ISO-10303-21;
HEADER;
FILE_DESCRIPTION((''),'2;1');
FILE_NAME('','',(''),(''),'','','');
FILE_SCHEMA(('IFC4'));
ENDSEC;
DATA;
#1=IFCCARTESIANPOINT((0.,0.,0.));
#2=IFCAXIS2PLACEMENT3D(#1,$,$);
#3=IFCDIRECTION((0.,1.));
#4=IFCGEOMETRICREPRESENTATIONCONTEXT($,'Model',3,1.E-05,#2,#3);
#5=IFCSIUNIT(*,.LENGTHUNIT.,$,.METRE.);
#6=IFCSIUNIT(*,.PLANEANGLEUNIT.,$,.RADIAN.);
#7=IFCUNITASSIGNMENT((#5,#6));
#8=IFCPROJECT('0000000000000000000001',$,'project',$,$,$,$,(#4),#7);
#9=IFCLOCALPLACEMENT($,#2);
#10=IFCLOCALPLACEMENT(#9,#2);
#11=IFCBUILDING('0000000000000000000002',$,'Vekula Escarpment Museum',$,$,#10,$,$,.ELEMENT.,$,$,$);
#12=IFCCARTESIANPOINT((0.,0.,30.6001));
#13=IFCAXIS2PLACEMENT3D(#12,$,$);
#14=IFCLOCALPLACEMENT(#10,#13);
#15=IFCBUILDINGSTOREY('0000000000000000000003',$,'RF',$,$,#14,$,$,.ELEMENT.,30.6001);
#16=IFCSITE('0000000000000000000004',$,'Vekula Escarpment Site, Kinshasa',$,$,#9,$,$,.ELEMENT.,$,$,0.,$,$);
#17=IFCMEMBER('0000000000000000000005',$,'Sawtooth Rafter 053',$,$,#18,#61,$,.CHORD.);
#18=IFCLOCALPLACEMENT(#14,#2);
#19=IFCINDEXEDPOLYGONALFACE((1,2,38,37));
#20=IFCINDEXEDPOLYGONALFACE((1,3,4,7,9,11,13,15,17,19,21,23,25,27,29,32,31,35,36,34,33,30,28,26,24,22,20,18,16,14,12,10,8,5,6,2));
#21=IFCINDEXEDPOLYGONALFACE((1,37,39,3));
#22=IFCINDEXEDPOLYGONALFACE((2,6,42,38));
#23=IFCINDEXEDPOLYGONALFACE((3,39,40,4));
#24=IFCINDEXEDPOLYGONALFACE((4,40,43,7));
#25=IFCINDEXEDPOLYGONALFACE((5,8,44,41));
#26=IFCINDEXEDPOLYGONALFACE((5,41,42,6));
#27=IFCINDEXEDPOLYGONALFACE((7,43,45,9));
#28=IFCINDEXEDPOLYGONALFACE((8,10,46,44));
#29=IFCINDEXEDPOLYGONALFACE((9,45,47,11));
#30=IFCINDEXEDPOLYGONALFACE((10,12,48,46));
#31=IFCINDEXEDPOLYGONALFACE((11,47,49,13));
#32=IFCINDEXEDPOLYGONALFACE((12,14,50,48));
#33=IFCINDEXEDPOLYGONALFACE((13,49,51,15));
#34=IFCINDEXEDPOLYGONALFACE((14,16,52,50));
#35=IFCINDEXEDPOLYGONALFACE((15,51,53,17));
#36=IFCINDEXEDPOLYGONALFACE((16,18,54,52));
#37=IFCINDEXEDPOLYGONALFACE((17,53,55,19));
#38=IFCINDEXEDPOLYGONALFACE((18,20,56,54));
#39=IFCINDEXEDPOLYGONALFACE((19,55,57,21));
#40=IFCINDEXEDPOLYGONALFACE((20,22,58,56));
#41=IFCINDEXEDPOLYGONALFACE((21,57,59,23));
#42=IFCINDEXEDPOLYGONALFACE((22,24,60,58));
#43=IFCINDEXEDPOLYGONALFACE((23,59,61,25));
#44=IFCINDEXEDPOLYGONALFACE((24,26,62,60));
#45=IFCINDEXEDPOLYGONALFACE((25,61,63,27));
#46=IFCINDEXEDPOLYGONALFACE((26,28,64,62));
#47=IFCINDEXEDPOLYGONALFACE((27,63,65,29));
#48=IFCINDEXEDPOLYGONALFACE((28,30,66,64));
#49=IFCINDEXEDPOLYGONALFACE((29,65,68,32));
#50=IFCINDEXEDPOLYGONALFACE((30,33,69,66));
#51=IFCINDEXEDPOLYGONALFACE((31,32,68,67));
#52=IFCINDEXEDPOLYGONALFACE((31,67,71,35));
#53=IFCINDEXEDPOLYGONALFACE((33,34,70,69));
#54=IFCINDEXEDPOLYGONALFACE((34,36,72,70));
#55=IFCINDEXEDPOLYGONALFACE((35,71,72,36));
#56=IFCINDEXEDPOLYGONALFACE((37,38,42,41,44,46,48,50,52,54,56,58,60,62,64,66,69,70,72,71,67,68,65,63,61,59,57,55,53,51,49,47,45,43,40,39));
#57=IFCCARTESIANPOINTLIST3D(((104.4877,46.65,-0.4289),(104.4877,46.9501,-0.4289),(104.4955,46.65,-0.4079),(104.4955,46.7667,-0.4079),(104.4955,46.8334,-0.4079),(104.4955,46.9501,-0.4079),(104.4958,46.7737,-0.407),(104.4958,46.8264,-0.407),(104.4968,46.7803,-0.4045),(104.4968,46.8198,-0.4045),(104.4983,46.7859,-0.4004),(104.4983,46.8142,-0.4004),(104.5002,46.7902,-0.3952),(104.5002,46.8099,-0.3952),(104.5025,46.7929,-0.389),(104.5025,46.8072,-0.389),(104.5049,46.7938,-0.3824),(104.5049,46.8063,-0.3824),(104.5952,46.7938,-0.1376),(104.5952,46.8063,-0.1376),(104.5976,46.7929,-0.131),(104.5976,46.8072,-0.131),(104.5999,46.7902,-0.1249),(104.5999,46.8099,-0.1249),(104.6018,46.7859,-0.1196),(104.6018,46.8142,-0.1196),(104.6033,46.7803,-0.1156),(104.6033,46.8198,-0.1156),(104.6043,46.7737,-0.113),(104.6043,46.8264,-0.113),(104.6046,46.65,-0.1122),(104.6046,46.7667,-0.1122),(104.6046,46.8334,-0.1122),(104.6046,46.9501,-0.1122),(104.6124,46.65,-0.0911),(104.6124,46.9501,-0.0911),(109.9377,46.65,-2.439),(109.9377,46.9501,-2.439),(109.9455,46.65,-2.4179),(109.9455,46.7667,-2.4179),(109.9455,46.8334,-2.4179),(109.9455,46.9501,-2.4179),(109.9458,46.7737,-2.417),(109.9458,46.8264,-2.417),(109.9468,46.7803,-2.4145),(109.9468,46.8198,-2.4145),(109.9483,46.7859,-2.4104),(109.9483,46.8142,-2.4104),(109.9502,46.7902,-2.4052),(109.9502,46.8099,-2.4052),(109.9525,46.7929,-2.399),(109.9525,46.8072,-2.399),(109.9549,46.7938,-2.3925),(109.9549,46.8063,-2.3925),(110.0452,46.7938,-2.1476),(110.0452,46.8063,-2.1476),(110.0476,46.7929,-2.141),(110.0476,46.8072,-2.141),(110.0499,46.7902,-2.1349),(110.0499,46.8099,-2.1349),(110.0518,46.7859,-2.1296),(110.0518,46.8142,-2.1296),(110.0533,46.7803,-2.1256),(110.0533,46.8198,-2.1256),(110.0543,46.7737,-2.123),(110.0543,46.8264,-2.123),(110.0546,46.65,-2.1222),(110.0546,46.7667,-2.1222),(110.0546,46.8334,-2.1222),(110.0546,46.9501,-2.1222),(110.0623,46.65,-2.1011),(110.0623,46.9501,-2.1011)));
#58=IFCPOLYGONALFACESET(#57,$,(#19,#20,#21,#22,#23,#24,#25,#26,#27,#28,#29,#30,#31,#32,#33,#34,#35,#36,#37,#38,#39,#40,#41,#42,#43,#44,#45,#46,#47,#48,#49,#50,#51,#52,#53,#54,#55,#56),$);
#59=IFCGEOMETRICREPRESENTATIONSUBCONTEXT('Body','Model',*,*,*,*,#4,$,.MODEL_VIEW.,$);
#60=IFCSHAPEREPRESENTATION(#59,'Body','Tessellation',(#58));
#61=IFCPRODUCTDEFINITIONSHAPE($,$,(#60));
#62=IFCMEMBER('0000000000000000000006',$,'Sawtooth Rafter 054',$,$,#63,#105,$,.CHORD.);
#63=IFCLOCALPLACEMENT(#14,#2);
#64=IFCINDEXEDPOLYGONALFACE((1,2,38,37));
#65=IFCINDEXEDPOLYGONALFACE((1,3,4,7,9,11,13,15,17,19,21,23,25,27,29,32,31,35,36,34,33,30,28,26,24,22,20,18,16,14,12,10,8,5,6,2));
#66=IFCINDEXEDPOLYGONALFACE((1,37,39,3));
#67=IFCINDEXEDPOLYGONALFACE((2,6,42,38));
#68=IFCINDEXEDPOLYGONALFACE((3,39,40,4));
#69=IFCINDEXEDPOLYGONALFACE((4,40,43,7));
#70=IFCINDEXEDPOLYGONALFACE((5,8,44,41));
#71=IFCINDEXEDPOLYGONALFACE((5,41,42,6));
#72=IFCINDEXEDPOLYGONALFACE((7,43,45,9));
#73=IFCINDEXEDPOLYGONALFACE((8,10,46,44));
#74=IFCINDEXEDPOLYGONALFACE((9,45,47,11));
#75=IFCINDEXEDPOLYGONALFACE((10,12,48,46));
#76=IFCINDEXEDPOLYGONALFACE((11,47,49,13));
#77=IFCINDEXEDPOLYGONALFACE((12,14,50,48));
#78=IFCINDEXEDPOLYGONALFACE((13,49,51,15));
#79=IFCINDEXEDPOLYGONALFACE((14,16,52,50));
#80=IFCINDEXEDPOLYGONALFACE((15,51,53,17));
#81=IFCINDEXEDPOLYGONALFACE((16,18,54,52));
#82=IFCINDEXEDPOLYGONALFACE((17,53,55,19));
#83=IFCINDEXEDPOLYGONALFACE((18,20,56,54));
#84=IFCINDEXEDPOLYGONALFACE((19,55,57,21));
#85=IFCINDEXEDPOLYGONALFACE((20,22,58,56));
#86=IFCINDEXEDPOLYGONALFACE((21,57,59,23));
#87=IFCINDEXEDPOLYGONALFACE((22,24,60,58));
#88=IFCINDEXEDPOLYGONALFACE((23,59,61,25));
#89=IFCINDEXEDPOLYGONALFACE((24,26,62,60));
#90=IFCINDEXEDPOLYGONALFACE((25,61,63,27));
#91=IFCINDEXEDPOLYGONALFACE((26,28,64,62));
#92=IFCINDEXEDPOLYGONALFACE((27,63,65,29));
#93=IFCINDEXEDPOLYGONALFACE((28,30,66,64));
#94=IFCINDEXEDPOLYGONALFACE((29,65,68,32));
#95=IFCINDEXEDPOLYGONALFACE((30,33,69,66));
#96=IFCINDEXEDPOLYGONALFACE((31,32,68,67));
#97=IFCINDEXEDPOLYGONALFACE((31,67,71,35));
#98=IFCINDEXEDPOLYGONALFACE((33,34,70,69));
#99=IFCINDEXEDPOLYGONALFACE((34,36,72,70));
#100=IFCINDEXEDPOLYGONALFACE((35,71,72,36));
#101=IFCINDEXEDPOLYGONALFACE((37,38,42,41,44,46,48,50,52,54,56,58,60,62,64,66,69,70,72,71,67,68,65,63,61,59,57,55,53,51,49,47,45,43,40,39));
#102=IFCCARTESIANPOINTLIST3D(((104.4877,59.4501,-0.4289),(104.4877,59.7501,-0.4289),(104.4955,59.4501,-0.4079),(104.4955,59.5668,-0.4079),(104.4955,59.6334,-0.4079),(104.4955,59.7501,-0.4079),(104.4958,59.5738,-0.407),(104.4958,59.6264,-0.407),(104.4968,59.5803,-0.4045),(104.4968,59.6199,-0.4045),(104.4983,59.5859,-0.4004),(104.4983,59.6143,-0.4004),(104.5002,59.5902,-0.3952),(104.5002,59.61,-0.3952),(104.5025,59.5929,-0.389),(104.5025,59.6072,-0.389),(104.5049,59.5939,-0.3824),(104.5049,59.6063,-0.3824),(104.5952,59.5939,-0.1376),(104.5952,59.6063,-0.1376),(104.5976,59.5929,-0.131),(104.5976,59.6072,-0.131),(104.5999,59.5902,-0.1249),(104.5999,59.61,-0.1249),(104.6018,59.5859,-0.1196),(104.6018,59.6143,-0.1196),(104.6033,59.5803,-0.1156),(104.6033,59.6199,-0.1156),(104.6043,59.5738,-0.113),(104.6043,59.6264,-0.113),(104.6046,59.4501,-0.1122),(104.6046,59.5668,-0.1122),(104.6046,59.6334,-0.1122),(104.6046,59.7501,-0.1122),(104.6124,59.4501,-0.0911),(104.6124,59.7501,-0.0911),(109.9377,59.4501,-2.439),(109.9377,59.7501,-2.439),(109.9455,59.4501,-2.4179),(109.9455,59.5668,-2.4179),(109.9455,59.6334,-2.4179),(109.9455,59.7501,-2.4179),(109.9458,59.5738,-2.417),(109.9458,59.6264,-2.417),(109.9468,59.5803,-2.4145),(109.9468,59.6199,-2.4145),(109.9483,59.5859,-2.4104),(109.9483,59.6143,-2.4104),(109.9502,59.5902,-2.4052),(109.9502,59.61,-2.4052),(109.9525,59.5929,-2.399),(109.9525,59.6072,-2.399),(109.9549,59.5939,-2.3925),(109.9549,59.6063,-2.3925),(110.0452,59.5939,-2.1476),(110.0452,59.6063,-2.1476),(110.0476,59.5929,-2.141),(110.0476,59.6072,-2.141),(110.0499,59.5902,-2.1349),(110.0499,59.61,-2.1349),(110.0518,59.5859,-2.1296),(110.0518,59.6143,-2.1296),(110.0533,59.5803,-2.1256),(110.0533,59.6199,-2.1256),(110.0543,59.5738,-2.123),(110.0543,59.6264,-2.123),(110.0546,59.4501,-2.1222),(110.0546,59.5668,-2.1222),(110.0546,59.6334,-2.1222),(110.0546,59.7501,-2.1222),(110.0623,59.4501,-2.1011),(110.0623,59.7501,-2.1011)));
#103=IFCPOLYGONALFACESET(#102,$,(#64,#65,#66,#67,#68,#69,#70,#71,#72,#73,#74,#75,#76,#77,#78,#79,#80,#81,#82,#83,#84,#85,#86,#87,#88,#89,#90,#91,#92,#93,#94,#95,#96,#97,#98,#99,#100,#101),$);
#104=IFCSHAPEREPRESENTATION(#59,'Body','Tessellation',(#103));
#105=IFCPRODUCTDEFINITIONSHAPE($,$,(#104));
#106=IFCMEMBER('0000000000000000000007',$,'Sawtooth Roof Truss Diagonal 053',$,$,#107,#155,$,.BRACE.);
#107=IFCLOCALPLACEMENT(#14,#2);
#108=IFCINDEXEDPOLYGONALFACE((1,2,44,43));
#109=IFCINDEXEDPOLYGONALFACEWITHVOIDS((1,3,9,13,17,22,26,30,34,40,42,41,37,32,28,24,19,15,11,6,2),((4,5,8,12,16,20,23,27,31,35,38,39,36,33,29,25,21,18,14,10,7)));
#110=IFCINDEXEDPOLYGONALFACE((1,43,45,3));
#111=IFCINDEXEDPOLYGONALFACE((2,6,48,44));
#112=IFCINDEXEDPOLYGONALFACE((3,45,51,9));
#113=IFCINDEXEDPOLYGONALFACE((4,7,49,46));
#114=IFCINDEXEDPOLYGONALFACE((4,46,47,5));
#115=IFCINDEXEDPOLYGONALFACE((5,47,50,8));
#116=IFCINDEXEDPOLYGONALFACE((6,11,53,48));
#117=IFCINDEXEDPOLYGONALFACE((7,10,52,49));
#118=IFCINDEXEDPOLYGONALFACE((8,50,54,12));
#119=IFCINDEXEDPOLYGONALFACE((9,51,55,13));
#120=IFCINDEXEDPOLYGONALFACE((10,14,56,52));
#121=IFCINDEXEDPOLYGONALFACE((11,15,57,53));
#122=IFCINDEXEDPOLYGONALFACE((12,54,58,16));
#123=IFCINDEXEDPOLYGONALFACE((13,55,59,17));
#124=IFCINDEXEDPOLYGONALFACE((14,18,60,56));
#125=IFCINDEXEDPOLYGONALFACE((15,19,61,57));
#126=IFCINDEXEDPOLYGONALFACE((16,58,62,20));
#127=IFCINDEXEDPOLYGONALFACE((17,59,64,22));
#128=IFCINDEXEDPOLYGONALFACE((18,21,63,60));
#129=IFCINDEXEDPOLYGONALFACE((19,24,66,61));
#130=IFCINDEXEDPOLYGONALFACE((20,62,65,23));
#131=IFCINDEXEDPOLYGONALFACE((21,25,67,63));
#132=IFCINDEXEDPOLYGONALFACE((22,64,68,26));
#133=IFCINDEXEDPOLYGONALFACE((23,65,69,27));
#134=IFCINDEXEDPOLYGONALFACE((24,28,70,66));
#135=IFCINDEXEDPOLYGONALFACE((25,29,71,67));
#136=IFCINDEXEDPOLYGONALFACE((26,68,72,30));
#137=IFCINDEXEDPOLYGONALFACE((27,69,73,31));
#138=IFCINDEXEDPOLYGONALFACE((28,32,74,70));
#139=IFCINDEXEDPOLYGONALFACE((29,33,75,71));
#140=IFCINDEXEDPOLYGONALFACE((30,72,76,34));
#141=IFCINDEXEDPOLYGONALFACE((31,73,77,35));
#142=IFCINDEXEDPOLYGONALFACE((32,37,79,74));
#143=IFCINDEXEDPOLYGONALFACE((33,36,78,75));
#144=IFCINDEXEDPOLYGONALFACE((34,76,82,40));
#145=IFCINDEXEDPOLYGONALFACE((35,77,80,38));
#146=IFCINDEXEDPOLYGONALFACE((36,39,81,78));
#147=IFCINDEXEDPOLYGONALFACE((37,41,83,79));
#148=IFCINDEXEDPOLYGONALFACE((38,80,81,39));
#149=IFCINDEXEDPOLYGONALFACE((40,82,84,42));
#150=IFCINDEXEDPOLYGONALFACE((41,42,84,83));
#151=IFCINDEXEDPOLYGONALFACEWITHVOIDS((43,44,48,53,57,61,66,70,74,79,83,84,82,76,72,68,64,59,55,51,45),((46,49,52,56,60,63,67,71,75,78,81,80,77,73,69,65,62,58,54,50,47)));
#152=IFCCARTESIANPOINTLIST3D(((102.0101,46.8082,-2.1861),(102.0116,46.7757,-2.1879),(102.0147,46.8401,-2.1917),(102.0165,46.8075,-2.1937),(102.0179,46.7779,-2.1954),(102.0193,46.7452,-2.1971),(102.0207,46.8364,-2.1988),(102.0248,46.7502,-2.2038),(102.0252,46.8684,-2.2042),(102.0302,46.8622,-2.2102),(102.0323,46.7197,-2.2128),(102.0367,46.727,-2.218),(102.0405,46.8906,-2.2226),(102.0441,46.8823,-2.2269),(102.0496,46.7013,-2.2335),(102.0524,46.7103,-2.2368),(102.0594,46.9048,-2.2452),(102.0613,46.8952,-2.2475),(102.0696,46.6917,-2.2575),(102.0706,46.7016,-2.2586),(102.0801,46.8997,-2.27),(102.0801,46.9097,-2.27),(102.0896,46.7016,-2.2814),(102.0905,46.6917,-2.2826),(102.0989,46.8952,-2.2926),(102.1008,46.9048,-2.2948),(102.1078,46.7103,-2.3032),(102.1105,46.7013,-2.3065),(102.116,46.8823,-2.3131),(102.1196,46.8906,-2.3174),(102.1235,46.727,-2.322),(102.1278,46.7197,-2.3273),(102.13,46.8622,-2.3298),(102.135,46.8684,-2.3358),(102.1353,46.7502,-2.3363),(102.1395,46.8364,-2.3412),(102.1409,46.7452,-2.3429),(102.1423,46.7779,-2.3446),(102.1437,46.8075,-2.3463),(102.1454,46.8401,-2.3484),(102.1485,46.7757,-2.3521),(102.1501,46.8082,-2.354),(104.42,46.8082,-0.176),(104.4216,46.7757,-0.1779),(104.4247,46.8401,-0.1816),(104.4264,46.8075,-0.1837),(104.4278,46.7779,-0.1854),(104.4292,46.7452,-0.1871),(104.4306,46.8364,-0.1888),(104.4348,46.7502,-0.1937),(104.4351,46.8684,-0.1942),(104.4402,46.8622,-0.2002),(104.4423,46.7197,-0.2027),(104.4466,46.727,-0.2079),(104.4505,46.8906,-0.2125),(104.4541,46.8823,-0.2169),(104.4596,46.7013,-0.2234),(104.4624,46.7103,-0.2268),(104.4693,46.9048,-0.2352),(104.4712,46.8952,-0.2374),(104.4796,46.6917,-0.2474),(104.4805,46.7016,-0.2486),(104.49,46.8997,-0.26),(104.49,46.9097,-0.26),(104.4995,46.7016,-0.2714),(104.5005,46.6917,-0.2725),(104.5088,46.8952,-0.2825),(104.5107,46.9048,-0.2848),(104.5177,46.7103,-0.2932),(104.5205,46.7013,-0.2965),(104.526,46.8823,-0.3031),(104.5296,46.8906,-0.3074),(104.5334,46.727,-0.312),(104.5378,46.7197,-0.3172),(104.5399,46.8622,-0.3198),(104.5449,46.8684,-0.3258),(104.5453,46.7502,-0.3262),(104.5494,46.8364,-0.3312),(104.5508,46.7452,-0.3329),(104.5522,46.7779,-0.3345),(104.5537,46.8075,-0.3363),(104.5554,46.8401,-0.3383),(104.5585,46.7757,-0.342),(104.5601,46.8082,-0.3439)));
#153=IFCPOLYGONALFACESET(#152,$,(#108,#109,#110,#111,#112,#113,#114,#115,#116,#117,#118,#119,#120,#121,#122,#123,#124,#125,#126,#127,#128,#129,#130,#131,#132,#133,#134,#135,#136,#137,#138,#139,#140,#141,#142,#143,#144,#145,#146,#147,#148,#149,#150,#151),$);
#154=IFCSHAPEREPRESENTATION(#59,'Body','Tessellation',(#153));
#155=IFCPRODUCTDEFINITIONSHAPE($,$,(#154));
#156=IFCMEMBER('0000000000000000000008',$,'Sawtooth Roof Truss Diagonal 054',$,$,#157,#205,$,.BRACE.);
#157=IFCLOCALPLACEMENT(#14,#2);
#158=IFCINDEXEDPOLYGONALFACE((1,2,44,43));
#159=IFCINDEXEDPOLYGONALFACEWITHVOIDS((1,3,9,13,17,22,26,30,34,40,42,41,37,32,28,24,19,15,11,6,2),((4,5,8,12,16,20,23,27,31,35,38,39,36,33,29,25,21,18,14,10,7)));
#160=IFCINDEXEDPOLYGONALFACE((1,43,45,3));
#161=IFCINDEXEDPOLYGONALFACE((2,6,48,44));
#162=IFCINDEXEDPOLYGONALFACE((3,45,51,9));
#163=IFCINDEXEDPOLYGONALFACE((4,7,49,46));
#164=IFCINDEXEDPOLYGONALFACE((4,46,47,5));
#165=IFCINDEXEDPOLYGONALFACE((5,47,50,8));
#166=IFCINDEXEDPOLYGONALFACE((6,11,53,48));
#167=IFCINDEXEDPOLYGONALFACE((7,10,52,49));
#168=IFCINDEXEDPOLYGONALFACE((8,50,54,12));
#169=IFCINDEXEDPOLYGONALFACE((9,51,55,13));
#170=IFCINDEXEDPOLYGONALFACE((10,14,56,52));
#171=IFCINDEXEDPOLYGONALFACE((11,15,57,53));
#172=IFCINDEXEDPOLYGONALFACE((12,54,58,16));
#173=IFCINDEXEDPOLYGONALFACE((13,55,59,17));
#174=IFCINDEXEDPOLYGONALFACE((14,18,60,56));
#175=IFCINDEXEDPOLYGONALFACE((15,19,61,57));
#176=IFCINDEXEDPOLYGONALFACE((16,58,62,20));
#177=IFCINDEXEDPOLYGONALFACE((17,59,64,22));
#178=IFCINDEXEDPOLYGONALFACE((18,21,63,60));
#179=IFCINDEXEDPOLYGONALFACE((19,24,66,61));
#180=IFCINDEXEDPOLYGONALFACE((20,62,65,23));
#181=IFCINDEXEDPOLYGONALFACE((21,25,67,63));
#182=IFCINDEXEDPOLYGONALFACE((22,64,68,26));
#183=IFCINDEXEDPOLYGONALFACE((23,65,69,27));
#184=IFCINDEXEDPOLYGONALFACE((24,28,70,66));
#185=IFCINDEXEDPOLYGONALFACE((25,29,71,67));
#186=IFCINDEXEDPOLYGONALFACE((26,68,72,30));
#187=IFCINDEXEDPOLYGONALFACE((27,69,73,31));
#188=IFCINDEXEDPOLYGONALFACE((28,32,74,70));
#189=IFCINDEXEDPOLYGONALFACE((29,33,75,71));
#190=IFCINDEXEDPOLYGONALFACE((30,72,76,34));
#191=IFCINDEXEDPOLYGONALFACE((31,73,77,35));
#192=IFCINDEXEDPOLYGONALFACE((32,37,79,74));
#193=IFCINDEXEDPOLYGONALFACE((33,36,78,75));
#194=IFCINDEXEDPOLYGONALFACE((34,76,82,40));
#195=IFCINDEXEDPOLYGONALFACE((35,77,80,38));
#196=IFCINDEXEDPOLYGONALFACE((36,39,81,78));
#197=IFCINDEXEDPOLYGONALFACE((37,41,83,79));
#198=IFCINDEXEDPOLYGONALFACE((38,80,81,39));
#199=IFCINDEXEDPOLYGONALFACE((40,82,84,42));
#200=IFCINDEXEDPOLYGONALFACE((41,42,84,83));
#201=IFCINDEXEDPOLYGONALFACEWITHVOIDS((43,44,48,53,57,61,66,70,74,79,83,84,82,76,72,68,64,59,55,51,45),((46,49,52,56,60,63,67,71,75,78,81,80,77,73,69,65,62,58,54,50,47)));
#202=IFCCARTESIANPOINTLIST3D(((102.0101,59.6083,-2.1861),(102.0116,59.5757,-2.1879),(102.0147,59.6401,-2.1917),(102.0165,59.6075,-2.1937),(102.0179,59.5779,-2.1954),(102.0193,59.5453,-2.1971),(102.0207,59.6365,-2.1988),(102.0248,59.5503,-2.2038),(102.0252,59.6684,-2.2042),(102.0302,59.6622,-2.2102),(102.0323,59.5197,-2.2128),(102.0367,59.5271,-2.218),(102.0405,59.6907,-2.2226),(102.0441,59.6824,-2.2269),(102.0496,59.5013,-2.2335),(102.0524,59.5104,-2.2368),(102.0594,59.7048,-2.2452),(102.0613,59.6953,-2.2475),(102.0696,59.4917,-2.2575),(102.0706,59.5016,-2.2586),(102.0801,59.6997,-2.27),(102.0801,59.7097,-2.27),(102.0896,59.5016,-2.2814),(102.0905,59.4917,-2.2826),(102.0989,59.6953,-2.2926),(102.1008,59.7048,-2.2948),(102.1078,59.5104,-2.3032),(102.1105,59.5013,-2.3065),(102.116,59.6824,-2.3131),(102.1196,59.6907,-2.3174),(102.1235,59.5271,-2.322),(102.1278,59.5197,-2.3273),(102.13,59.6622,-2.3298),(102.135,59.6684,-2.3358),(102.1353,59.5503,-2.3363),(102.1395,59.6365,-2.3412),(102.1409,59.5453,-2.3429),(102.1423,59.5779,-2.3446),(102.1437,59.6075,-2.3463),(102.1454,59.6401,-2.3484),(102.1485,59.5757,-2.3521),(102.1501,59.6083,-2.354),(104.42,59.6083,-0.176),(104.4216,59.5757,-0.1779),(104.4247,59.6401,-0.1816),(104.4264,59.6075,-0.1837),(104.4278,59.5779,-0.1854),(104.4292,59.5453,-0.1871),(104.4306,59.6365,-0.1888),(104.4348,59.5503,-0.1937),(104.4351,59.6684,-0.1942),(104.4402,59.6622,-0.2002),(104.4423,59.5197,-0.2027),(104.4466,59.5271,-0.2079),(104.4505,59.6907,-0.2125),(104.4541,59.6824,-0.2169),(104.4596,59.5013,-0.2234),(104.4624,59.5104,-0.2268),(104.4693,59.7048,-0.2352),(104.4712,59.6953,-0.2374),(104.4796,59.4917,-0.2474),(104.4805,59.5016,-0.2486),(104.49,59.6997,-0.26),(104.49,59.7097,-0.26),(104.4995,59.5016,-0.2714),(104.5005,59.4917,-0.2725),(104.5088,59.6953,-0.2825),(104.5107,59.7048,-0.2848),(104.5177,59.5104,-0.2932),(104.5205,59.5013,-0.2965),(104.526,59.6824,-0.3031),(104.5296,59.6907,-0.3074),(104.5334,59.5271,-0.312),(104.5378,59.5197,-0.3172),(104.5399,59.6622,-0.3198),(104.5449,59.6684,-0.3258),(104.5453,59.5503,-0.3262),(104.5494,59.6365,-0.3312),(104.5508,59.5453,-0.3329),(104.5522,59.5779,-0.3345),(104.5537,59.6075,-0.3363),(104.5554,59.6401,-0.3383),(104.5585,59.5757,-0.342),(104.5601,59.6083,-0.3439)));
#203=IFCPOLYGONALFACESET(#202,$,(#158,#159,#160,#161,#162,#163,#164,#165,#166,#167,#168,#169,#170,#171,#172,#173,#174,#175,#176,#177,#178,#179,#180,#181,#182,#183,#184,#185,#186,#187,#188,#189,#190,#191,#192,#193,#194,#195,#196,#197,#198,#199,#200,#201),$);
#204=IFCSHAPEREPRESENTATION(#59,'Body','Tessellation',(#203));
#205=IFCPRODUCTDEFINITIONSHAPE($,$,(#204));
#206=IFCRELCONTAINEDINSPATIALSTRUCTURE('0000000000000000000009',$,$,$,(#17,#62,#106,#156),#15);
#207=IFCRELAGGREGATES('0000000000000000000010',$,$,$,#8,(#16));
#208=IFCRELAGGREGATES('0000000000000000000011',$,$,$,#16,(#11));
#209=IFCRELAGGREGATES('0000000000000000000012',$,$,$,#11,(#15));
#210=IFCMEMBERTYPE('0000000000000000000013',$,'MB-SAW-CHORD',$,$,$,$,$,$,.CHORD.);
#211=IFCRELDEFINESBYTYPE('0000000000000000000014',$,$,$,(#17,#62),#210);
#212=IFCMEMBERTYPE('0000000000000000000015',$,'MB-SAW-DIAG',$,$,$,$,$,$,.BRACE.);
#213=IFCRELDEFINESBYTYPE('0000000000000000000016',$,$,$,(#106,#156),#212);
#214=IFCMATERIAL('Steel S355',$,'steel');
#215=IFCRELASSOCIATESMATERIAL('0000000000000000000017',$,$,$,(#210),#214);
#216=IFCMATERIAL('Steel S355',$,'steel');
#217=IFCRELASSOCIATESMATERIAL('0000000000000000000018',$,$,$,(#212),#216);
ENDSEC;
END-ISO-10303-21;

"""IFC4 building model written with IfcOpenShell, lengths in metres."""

from ifc_helpers import new_model, si_unit, direction, frame, origin, origin_2d, place, context, subcontext, project, spatial, hollow_circle, i_section, extrude, material, material_profile, profile_set, type_object, element, save


model = new_model("IFC4")

# Units and contexts
model_context = context("Model", 3, precision=1e-05, world=origin(), true_north=direction((0.0, 1.0)))
body_context = subcontext(model_context, "Body", "Model", "MODEL_VIEW")
ifc_project = project(units=[si_unit("LENGTHUNIT", "METRE"), si_unit("PLANEANGLEUNIT", "RADIAN")], contexts=[model_context])

# Site, building, storey
site_placement = place(None, origin())
site = spatial("IfcSite", under=ifc_project, at=site_placement, Name="Vekula Escarpment Site, Kinshasa", CompositionType="ELEMENT", RefElevation=0.0)
building_placement = place(site_placement, origin())
building = spatial("IfcBuilding", under=site, at=building_placement, Name="Vekula Escarpment Museum", CompositionType="ELEMENT")
storey_placement = place(building_placement, frame((0.0, 0.0, 30.6001)))
storey = spatial("IfcBuildingStorey", under=building, at=storey_placement, Name="RF", CompositionType="ELEMENT", Elevation=30.6001)

# Members
ifc_material_1 = material(Name="Steel S355", Category="steel")
ifc_material_profile_1 = material_profile(ifc_material_1, i_section(OverallWidth=0.3, OverallDepth=0.3601, WebThickness=0.0125, FlangeThickness=0.0225, FilletRadius=0.0271, at=origin_2d()), Name="HEB 360")
ifc_profile_set_1 = profile_set([ifc_material_profile_1], Name="Steel S355")
member_type_1 = type_object("IfcMemberType", Name="MB-SAW-CHORD", PredefinedType="CHORD", material=ifc_profile_set_1)
for number, where, z_axis, x_axis, name in (
    (1, (104.55, 46.8, -0.26), (0.938224, 0.0, -0.346029), (0.0, 1.0, 0.0), "Sawtooth Rafter 053"),
    (2, (104.55, 59.6001, -0.26), (0.938224, 0.0, -0.346029), (0.0, 1.0, 0.0), "Sawtooth Rafter 054"),
):
    element("IfcMember", number, at=place(storey_placement, frame(where, z_axis=z_axis, x_axis=x_axis)), inside=storey, type_object=member_type_1, Name=name, PredefinedType="CHORD", context=body_context, shape_type="SweptSolid", body=[
        extrude(i_section(OverallWidth=0.3, OverallDepth=0.3601, WebThickness=0.0125, FlangeThickness=0.0225, FilletRadius=0.0271, at=origin_2d()), origin(), (0.0, 0.0, 1.0), 5.8088),
    ])
ifc_material_2 = material(Name="Steel S355", Category="steel")
ifc_material_profile_2 = material_profile(ifc_material_2, hollow_circle(Radius=0.1096, WallThickness=0.01, at=origin_2d()), Name="CHS 219.1x10")
ifc_profile_set_2 = profile_set([ifc_material_profile_2], Name="Steel S355")
member_type_2 = type_object("IfcMemberType", Name="MB-SAW-DIAG", PredefinedType="BRACE", material=ifc_profile_set_2)
for number, where, z_axis, x_axis, name in (
    (3, (102.0801, 46.8, -2.27), (0.767947, 0.0, 0.640513), (0.0, 1.0, 0.0), "Sawtooth Roof Truss Diagonal 053"),
    (4, (102.0801, 59.6001, -2.27), (0.767947, 0.0, 0.640513), (0.0, 1.0, 0.0), "Sawtooth Roof Truss Diagonal 054"),
):
    element("IfcMember", number, at=place(storey_placement, frame(where, z_axis=z_axis, x_axis=x_axis)), inside=storey, type_object=member_type_2, Name=name, PredefinedType="BRACE", context=body_context, shape_type="SweptSolid", body=[
        extrude(hollow_circle(Radius=0.1096, WallThickness=0.01, at=origin_2d()), origin(), (0.0, 0.0, 1.0), 3.1382),
    ])

save(model, "model.ifc")
